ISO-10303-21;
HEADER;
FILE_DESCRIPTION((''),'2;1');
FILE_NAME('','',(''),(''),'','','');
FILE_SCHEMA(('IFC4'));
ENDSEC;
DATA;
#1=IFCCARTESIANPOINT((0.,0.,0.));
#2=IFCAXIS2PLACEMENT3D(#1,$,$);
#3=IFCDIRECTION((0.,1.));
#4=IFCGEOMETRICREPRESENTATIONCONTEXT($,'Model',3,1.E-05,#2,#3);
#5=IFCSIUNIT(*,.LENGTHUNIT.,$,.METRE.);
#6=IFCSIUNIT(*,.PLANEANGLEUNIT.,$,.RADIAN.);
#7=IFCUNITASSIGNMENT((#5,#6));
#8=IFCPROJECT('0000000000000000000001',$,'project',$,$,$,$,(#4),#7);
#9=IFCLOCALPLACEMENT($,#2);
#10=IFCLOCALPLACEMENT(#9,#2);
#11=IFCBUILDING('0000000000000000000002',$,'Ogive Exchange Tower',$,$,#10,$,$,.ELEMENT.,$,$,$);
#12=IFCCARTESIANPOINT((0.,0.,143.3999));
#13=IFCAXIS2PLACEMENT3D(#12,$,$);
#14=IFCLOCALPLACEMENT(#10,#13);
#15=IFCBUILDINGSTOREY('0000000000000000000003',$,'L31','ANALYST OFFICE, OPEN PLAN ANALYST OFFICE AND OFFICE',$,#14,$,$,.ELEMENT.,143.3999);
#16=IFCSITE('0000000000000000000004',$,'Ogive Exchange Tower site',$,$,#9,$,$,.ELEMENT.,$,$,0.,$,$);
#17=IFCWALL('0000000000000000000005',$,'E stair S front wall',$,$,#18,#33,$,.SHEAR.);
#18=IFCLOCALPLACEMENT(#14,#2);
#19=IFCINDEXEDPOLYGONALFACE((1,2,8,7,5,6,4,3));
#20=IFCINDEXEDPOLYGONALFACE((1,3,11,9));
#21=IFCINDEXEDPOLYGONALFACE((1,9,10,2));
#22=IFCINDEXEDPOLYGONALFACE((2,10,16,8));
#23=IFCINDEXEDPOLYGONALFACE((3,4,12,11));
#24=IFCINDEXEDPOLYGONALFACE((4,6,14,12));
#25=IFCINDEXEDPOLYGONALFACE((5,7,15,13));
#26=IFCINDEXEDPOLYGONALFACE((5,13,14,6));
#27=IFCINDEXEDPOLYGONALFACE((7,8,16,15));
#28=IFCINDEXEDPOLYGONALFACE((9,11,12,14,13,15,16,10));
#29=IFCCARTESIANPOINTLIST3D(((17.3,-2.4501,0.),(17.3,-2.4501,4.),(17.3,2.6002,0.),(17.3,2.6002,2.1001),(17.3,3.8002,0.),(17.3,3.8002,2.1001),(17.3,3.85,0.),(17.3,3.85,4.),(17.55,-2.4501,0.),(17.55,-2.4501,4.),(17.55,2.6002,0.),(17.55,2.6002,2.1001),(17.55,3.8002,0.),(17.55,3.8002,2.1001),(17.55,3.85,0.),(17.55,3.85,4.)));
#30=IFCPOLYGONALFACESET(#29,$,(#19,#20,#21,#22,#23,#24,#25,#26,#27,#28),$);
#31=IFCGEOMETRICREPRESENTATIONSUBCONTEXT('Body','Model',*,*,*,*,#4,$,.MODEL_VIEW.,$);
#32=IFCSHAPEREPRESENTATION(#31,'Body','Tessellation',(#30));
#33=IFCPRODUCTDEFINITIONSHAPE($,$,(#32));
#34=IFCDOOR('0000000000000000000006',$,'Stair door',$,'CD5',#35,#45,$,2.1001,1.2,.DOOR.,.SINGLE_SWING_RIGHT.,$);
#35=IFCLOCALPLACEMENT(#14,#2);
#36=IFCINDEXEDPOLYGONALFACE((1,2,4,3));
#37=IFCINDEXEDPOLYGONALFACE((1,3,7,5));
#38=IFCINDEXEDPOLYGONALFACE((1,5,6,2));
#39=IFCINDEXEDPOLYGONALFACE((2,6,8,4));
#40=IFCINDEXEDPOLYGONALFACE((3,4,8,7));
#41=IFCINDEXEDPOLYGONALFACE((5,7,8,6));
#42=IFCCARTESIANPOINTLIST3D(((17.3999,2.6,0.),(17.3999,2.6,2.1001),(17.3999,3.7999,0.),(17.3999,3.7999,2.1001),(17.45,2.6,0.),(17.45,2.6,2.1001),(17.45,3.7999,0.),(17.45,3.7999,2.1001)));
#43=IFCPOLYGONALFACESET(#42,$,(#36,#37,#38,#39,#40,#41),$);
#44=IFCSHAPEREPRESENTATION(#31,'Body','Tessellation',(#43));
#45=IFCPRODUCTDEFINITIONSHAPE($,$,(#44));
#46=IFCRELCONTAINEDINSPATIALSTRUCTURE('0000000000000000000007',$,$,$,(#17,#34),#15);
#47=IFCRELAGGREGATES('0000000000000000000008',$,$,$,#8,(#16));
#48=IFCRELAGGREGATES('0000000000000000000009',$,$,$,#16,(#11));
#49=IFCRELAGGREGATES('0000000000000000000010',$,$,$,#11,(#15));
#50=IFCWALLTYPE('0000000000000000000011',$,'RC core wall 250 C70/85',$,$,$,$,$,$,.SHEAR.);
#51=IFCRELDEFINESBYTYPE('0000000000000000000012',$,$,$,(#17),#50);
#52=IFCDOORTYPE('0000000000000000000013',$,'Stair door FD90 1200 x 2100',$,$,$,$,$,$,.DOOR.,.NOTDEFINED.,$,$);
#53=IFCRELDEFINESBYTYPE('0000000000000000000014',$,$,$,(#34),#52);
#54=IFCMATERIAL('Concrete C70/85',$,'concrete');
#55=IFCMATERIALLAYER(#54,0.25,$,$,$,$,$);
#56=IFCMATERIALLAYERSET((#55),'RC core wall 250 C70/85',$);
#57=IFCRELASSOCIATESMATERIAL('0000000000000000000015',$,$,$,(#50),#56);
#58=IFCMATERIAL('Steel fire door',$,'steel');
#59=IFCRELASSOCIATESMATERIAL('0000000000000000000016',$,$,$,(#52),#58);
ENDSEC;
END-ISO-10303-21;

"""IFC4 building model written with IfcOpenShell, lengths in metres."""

from ifc_helpers import new_model, si_unit, direction, frame, frame_2d, origin, place, context, subcontext, project, spatial, rectangle, extrude, material, layer, layer_set, type_object, element, fill, save


model = new_model("IFC4")

# Units and contexts
model_context = context("Model", 3, precision=1e-05, world=origin(), true_north=direction((0.0, 1.0)))
body_context = subcontext(model_context, "Body", "Model", "MODEL_VIEW")
ifc_project = project(units=[si_unit("LENGTHUNIT", "METRE"), si_unit("PLANEANGLEUNIT", "RADIAN")], contexts=[model_context])

# Site, building, storey
site_placement = place(None, origin())
site = spatial("IfcSite", under=ifc_project, at=site_placement, Name="Ogive Exchange Tower site", CompositionType="ELEMENT", RefElevation=0.0)
building_placement = place(site_placement, origin())
building = spatial("IfcBuilding", under=site, at=building_placement, Name="Ogive Exchange Tower", CompositionType="ELEMENT")
storey_placement = place(building_placement, frame((0.0, 0.0, 143.3999)))
storey = spatial("IfcBuildingStorey", under=building, at=storey_placement, Name="L31", Description="ANALYST OFFICE, OPEN PLAN ANALYST OFFICE AND OFFICE", CompositionType="ELEMENT", Elevation=143.3999)

# Wall, opening, door
ifc_material_1 = material(Name="Concrete C70/85", Category="concrete")
ifc_layer_1 = layer(ifc_material_1, 0.25)
ifc_layer_set_1 = layer_set([ifc_layer_1], Name="RC core wall 250 C70/85")
wall_type_1 = type_object("IfcWallType", Name="RC core wall 250 C70/85", PredefinedType="SHEAR", material=ifc_layer_set_1)
wall_1_placement = place(storey_placement, frame((17.425, -2.45, 0.0), z_axis=(0.0, 0.0, 1.0), x_axis=(0.0, 1.0, 0.0)))
wall_1 = element("IfcWall", 1, at=wall_1_placement, inside=storey, type_object=wall_type_1, Name="E stair S front wall", PredefinedType="SHEAR", context=body_context, shape_type="SweptSolid", body=[
    extrude(rectangle(XDim=6.3, YDim=0.25, at=frame_2d((3.1499, 0.0))), origin(), (0.0, 0.0, 1.0), 4.0),
])
opening_1_placement = place(wall_1_placement, frame((5.05, 0.0, 0.0)))
opening_1 = element("IfcOpeningElement", 2, at=opening_1_placement, cuts=wall_1, PredefinedType="OPENING", context=body_context, shape_type="SweptSolid", body=[
    extrude(rectangle(XDim=1.2, YDim=2.1001, at=frame_2d((0.6001, 1.05))), frame((0.0, 0.135, 0.0), z_axis=(0.0, -1.0, 0.0), x_axis=(1.0, 0.0, 0.0)), (0.0, 0.0, 1.0), 0.27),
])
ifc_material_2 = material(Name="Steel fire door", Category="steel")
door_type_1 = type_object("IfcDoorType", Name="Stair door FD90 1200 x 2100", OperationType="NOTDEFINED", PredefinedType="DOOR", material=ifc_material_2)
door_1_placement = place(opening_1_placement, frame((1.2, 0.0, 0.0), z_axis=(0.0, 0.0, 1.0), x_axis=(-1.0, 0.0, 0.0)))
door_1 = element("IfcDoor", 3, at=door_1_placement, inside=storey, type_object=door_type_1, Name="Stair door", ObjectType="CD5", OperationType="SINGLE_SWING_RIGHT", OverallHeight=2.1001, OverallWidth=1.2, PredefinedType="DOOR", context=body_context, shape_type="SweptSolid", body=[
    extrude(rectangle(XDim=1.2, YDim=2.1001, at=frame_2d((0.6001, 1.05))), frame((0.0, 0.0249, 0.0), z_axis=(0.0, -1.0, 0.0), x_axis=(1.0, 0.0, 0.0)), (0.0, 0.0, 1.0), 0.05),
])
fill(opening_1, door_1)

save(model, "model.ifc")
